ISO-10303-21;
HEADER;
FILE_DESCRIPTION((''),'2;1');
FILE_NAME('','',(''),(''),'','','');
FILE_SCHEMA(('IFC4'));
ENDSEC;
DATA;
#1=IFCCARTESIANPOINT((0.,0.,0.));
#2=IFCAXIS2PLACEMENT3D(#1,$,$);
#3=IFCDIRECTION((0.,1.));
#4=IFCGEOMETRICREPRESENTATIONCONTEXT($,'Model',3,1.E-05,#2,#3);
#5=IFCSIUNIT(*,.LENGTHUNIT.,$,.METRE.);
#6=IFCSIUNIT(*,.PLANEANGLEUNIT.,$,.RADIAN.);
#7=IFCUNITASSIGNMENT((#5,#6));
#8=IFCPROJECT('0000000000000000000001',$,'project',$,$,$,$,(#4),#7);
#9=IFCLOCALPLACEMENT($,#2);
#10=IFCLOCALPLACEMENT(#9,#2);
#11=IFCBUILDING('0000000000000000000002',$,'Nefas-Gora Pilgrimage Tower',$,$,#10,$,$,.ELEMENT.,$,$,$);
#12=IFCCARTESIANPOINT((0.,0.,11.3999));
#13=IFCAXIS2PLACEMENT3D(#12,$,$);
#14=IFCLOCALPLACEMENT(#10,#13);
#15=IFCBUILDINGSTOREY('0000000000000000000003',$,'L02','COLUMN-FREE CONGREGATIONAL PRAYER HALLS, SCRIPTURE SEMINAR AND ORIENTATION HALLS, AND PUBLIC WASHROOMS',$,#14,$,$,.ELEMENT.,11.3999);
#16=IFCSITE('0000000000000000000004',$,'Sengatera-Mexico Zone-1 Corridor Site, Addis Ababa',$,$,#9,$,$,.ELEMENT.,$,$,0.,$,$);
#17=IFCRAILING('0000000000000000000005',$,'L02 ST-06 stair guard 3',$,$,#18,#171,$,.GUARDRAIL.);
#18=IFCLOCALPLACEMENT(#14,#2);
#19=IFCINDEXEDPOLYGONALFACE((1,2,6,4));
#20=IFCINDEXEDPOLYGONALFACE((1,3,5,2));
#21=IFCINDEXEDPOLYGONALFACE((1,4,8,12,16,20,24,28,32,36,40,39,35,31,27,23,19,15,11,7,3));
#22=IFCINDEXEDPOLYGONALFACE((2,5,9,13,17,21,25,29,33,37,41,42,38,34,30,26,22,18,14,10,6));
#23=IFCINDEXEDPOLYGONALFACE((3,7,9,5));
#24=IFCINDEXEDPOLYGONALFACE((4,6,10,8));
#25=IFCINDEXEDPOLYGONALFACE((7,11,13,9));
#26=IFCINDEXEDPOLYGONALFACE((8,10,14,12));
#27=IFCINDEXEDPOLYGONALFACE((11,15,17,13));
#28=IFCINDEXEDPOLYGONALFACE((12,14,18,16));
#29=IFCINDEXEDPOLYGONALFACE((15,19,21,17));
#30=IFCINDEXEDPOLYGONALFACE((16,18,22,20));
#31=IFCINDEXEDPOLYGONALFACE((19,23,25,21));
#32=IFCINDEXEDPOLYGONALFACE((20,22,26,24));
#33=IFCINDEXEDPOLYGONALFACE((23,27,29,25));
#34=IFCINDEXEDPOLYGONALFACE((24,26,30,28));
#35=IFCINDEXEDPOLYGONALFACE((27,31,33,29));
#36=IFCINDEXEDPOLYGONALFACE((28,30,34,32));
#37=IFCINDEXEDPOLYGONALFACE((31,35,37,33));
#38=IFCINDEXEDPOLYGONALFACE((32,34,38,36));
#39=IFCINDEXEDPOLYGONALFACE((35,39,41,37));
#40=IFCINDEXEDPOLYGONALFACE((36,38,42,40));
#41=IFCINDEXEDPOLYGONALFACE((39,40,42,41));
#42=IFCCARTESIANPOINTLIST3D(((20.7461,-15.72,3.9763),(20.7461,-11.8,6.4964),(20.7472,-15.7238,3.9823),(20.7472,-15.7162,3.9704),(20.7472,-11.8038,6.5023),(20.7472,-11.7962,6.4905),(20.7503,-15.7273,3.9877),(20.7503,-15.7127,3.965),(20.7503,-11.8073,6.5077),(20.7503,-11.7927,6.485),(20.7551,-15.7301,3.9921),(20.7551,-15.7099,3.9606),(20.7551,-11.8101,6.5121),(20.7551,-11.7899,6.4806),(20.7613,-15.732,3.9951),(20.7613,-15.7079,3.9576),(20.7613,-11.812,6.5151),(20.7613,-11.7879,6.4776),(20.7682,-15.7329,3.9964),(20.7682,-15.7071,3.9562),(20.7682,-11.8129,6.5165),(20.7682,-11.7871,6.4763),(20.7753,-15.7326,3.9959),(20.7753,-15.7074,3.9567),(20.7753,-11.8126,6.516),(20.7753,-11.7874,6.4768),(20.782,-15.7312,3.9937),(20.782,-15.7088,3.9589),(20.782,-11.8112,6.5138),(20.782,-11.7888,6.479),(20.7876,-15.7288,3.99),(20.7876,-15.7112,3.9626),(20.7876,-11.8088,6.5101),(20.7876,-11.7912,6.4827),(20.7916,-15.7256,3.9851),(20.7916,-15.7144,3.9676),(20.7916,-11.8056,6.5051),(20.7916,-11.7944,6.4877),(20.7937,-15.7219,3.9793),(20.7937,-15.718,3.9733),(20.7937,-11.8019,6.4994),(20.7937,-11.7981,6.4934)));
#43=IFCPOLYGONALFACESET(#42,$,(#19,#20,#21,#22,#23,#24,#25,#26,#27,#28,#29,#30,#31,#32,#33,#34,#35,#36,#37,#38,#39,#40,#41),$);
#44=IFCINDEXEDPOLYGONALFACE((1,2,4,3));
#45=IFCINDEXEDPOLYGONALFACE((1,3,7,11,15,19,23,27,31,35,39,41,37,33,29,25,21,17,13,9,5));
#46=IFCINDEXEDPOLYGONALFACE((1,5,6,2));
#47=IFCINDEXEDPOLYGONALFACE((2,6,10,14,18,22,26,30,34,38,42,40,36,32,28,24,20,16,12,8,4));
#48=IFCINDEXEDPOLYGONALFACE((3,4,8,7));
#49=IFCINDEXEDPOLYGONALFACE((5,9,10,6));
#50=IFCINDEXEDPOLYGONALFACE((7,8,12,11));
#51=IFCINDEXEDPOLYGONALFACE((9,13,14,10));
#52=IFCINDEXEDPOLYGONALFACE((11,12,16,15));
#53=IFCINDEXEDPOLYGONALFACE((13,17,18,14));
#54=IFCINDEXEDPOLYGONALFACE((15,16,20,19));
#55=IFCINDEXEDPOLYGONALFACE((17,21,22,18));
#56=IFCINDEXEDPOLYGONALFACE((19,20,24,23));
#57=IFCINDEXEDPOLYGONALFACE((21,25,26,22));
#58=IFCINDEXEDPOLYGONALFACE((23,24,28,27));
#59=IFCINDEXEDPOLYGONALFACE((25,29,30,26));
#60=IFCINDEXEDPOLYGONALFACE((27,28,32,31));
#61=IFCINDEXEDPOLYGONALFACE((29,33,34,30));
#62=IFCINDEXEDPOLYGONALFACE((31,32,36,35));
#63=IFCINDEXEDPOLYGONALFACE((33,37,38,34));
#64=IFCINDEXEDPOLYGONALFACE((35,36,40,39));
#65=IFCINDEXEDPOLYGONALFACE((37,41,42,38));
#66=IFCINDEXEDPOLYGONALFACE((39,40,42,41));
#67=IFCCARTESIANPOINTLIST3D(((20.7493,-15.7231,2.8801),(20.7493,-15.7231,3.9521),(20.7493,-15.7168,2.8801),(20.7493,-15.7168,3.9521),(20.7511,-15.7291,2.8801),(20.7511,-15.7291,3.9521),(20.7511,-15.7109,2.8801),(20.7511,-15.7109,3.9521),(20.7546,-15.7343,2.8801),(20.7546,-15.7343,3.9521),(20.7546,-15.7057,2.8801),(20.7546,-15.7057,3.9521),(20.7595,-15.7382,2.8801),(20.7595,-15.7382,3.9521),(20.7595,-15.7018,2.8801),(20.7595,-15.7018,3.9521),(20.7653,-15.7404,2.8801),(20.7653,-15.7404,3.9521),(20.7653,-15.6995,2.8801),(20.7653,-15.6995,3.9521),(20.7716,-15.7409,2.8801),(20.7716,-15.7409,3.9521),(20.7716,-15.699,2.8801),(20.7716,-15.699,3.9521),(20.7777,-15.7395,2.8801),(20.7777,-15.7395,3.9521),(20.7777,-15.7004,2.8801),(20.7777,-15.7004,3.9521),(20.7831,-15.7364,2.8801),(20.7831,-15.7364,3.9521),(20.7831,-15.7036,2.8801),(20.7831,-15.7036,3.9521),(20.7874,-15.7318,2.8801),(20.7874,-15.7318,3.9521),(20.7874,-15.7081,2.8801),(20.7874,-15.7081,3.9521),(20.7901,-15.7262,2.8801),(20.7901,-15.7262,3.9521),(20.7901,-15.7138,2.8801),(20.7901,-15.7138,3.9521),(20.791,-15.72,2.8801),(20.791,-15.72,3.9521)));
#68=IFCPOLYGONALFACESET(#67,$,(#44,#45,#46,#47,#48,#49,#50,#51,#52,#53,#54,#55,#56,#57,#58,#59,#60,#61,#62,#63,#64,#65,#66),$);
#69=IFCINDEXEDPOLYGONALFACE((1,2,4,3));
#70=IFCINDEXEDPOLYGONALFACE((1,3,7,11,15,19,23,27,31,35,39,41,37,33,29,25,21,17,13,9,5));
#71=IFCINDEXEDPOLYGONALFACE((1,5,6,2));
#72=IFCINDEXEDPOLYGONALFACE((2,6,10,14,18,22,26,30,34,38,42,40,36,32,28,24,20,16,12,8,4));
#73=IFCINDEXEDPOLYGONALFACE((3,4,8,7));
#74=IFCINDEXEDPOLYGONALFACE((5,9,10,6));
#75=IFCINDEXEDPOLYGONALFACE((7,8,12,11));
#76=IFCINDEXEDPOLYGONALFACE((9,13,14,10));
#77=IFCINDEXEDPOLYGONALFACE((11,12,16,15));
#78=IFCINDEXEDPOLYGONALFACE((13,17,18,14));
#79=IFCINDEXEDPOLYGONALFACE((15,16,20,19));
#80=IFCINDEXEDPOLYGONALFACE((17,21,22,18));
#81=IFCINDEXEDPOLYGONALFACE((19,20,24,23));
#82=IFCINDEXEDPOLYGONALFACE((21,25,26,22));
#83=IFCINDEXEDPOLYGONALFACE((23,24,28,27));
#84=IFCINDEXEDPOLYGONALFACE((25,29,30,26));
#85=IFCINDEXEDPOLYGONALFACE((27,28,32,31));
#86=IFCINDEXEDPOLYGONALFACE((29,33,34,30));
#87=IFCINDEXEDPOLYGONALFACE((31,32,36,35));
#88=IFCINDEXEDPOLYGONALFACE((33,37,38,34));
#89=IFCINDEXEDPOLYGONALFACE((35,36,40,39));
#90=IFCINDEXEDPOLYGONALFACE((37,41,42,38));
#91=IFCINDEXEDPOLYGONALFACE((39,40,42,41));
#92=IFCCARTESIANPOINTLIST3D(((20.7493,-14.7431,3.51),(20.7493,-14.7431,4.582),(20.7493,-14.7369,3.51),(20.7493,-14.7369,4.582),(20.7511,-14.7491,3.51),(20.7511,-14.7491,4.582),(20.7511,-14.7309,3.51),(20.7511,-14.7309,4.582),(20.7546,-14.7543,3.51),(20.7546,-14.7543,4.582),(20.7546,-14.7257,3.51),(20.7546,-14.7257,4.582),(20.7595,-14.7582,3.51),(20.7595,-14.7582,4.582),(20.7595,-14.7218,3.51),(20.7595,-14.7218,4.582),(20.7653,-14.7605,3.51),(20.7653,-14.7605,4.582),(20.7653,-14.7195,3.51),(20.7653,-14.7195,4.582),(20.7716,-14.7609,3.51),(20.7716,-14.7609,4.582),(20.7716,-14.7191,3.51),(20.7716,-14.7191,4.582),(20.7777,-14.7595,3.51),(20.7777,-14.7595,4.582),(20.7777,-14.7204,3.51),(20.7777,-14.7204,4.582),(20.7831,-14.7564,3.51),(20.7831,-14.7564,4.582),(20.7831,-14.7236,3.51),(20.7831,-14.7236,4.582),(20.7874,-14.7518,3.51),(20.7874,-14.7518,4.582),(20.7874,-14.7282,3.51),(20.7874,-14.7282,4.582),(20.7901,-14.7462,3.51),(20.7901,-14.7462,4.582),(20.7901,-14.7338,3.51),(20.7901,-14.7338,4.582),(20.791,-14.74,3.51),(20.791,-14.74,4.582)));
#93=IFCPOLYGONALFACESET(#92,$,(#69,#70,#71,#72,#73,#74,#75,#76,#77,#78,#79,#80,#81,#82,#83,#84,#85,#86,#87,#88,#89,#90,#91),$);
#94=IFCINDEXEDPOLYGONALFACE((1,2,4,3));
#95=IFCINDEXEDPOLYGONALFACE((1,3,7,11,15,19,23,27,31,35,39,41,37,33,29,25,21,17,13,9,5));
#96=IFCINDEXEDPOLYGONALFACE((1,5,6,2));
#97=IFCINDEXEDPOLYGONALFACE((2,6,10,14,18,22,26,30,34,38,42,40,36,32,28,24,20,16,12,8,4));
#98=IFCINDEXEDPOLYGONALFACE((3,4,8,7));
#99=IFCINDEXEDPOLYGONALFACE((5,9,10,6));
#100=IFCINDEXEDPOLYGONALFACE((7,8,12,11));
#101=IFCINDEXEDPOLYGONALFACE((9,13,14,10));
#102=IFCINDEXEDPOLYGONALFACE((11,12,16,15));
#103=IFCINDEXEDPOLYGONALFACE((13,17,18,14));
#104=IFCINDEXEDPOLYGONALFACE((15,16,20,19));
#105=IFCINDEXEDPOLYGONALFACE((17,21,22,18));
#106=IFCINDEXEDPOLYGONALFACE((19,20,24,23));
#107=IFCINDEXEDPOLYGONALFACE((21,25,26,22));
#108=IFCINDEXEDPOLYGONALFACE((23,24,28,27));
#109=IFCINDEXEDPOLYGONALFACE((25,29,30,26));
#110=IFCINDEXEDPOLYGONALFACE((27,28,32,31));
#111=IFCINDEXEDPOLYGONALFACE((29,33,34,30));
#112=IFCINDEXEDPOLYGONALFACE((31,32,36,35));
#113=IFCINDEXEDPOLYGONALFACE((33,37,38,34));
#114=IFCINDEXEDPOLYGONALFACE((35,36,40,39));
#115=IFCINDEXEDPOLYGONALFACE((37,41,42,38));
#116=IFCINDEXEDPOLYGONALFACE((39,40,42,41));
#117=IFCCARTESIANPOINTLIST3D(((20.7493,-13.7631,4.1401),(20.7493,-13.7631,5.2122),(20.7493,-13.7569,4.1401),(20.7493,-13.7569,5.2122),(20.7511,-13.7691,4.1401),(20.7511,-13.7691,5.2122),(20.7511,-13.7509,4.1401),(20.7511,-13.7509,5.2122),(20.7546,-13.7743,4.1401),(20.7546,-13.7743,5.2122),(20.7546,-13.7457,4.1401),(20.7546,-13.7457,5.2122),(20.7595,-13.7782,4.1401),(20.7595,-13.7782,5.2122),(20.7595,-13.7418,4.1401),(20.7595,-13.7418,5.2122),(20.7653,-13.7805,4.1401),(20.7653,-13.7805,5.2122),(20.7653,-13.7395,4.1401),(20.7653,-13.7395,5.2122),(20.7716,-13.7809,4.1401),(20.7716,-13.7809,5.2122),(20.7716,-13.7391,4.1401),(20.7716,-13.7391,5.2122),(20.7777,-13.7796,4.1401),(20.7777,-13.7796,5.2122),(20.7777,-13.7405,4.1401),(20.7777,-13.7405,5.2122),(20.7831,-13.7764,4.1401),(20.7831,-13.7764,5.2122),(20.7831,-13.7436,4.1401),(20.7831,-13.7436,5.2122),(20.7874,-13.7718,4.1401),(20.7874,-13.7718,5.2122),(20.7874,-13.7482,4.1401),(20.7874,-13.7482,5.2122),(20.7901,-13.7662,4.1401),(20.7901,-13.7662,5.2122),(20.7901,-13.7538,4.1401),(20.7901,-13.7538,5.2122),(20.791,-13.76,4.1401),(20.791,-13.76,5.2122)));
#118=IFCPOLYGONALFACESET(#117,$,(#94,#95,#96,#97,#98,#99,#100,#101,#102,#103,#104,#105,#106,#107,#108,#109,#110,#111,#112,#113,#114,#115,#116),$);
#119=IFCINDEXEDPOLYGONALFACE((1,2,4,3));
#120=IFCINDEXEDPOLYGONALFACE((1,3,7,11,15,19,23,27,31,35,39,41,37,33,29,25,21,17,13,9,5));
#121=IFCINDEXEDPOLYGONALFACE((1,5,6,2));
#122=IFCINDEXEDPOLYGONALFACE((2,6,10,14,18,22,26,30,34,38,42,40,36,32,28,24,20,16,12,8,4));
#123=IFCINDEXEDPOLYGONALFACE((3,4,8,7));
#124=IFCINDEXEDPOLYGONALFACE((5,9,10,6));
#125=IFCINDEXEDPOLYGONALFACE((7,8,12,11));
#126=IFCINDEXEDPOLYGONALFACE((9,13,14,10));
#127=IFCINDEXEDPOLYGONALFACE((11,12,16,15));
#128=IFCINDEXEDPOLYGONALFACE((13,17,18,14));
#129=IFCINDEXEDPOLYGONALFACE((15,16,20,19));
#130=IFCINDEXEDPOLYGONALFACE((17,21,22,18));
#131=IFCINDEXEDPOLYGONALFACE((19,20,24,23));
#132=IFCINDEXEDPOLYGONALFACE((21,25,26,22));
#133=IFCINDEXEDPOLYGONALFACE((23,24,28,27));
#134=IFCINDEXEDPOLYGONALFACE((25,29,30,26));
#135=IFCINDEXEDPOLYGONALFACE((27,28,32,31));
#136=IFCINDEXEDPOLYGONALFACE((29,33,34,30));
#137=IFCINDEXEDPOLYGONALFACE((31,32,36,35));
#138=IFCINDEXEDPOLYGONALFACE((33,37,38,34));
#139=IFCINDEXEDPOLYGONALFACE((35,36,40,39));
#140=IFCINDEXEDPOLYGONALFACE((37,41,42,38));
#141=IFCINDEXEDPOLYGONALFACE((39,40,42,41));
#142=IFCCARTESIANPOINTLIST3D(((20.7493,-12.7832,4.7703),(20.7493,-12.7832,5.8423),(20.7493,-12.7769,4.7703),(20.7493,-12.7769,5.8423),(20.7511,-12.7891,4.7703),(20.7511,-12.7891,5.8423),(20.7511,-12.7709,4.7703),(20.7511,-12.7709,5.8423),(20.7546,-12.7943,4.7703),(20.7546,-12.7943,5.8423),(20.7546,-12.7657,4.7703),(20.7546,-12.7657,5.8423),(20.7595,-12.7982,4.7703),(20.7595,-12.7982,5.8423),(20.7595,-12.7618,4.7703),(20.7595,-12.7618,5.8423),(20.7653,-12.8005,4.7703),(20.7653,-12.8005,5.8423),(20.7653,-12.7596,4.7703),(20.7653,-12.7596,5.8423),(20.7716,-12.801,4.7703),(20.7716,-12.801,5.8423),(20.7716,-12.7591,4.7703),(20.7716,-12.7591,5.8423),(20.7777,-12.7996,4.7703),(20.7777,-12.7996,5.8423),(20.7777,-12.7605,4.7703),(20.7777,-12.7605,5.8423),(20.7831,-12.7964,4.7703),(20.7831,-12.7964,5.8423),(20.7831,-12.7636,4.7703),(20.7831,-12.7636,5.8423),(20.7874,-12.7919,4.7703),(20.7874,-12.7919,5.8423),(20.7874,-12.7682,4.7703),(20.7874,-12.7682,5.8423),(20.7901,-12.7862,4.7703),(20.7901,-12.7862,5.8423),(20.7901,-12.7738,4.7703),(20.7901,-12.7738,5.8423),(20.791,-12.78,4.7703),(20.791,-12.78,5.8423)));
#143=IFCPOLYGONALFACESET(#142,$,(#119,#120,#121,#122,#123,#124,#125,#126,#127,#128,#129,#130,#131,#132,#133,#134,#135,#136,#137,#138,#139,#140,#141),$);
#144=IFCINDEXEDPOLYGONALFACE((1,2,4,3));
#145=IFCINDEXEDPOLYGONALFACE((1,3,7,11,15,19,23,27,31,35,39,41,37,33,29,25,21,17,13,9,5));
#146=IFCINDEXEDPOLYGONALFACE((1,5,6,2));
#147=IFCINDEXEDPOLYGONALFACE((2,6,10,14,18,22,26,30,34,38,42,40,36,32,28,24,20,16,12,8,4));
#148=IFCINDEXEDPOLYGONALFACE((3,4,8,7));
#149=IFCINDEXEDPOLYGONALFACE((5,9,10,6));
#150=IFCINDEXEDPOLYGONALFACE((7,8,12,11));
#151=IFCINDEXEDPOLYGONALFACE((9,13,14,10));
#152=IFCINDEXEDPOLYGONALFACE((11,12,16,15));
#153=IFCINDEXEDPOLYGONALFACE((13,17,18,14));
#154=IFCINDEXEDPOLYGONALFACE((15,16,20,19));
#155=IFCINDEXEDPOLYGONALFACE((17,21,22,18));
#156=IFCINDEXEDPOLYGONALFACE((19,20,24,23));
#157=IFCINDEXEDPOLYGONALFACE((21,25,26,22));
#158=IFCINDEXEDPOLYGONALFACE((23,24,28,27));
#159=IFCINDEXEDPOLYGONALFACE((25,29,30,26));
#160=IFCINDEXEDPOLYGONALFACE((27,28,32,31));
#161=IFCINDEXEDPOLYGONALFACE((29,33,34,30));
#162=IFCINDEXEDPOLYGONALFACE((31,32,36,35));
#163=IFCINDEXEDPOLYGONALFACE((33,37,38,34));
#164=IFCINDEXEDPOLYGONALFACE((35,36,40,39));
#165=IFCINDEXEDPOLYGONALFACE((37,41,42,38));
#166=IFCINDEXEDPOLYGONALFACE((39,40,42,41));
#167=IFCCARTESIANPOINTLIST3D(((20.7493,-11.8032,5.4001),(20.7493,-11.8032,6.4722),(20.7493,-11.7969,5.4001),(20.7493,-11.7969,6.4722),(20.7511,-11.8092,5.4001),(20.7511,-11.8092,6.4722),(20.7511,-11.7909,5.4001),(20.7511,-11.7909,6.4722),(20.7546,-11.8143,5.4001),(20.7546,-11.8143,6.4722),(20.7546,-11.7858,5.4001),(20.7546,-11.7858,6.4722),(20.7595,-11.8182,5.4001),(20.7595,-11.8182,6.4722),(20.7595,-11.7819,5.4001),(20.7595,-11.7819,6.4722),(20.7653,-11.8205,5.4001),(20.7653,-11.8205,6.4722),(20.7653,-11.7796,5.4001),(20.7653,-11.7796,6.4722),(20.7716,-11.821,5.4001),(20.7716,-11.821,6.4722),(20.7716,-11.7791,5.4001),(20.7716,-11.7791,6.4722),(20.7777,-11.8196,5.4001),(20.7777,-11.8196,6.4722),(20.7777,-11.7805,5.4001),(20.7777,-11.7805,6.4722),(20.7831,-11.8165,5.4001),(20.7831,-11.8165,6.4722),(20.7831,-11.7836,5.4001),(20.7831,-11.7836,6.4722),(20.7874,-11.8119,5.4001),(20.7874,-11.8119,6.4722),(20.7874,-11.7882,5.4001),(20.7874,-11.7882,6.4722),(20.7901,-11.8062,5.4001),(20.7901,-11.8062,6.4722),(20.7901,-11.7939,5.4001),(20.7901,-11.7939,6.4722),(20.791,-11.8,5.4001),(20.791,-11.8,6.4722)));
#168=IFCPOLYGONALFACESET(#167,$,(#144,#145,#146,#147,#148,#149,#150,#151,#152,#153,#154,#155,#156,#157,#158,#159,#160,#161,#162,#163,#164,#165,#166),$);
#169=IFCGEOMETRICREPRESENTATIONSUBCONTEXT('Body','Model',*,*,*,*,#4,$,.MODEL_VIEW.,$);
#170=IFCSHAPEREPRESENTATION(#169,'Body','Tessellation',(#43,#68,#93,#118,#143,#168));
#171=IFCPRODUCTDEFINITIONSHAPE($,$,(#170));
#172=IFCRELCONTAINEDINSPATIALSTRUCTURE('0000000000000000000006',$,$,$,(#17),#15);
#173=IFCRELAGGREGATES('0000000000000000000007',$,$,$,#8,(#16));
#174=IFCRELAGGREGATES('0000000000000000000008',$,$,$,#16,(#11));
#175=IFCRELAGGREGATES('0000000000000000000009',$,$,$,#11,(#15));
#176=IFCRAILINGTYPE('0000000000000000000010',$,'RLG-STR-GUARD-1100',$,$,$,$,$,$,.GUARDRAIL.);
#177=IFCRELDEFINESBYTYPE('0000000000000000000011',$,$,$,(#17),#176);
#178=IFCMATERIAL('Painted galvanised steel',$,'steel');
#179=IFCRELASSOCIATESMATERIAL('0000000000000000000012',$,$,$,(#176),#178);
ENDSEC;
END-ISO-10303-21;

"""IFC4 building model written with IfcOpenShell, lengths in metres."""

from ifc_helpers import new_model, si_unit, direction, frame, origin, origin_2d, place, context, subcontext, project, spatial, circle, extrude, material, type_object, element, save


model = new_model("IFC4")

# Units and contexts
model_context = context("Model", 3, precision=1e-05, world=origin(), true_north=direction((0.0, 1.0)))
body_context = subcontext(model_context, "Body", "Model", "MODEL_VIEW")
ifc_project = project(units=[si_unit("LENGTHUNIT", "METRE"), si_unit("PLANEANGLEUNIT", "RADIAN")], contexts=[model_context])

# Site, building, storey
site_placement = place(None, origin())
site = spatial("IfcSite", under=ifc_project, at=site_placement, Name="Sengatera-Mexico Zone-1 Corridor Site, Addis Ababa", CompositionType="ELEMENT", RefElevation=0.0)
building_placement = place(site_placement, origin())
building = spatial("IfcBuilding", under=site, at=building_placement, Name="Nefas-Gora Pilgrimage Tower", CompositionType="ELEMENT")
storey_placement = place(building_placement, frame((0.0, 0.0, 11.3999)))
storey = spatial("IfcBuildingStorey", under=building, at=storey_placement, Name="L02", Description="COLUMN-FREE CONGREGATIONAL PRAYER HALLS, SCRIPTURE SEMINAR AND ORIENTATION HALLS, AND PUBLIC WASHROOMS", CompositionType="ELEMENT", Elevation=11.3999)

# Railing
ifc_material_1 = material(Name="Painted galvanised steel", Category="steel")
railing_type_1 = type_object("IfcRailingType", Name="RLG-STR-GUARD-1100", PredefinedType="GUARDRAIL", material=ifc_material_1)
railing_1_placement = place(storey_placement, frame((20.77, -15.72, 2.8801)))
element("IfcRailing", 1, at=railing_1_placement, inside=storey, type_object=railing_type_1, Name="L02 ST-06 stair guard 3", PredefinedType="GUARDRAIL", context=body_context, shape_type="SweptSolid", body=[
    extrude(circle(Radius=0.0239, at=origin_2d()), frame((0.0, 0.0, 1.0962), z_axis=(0.0, 0.841172, 0.540768), x_axis=(-1.0, 0.0, 0.0)), (0.0, 0.0, 1.0), 4.6602),
    extrude(circle(Radius=0.021, at=origin_2d()), origin(), (0.0, 0.0, 1.0), 1.072),
    extrude(circle(Radius=0.021, at=origin_2d()), frame((0.0, 0.98, 0.6299)), (0.0, 0.0, 1.0), 1.072),
    extrude(circle(Radius=0.021, at=origin_2d()), frame((0.0, 1.96, 1.26)), (0.0, 0.0, 1.0), 1.072),
    extrude(circle(Radius=0.021, at=origin_2d()), frame((0.0, 2.9399, 1.8901)), (0.0, 0.0, 1.0), 1.072),
    extrude(circle(Radius=0.021, at=origin_2d()), frame((0.0, 3.9199, 2.52)), (0.0, 0.0, 1.0), 1.072),
])

save(model, "model.ifc")
